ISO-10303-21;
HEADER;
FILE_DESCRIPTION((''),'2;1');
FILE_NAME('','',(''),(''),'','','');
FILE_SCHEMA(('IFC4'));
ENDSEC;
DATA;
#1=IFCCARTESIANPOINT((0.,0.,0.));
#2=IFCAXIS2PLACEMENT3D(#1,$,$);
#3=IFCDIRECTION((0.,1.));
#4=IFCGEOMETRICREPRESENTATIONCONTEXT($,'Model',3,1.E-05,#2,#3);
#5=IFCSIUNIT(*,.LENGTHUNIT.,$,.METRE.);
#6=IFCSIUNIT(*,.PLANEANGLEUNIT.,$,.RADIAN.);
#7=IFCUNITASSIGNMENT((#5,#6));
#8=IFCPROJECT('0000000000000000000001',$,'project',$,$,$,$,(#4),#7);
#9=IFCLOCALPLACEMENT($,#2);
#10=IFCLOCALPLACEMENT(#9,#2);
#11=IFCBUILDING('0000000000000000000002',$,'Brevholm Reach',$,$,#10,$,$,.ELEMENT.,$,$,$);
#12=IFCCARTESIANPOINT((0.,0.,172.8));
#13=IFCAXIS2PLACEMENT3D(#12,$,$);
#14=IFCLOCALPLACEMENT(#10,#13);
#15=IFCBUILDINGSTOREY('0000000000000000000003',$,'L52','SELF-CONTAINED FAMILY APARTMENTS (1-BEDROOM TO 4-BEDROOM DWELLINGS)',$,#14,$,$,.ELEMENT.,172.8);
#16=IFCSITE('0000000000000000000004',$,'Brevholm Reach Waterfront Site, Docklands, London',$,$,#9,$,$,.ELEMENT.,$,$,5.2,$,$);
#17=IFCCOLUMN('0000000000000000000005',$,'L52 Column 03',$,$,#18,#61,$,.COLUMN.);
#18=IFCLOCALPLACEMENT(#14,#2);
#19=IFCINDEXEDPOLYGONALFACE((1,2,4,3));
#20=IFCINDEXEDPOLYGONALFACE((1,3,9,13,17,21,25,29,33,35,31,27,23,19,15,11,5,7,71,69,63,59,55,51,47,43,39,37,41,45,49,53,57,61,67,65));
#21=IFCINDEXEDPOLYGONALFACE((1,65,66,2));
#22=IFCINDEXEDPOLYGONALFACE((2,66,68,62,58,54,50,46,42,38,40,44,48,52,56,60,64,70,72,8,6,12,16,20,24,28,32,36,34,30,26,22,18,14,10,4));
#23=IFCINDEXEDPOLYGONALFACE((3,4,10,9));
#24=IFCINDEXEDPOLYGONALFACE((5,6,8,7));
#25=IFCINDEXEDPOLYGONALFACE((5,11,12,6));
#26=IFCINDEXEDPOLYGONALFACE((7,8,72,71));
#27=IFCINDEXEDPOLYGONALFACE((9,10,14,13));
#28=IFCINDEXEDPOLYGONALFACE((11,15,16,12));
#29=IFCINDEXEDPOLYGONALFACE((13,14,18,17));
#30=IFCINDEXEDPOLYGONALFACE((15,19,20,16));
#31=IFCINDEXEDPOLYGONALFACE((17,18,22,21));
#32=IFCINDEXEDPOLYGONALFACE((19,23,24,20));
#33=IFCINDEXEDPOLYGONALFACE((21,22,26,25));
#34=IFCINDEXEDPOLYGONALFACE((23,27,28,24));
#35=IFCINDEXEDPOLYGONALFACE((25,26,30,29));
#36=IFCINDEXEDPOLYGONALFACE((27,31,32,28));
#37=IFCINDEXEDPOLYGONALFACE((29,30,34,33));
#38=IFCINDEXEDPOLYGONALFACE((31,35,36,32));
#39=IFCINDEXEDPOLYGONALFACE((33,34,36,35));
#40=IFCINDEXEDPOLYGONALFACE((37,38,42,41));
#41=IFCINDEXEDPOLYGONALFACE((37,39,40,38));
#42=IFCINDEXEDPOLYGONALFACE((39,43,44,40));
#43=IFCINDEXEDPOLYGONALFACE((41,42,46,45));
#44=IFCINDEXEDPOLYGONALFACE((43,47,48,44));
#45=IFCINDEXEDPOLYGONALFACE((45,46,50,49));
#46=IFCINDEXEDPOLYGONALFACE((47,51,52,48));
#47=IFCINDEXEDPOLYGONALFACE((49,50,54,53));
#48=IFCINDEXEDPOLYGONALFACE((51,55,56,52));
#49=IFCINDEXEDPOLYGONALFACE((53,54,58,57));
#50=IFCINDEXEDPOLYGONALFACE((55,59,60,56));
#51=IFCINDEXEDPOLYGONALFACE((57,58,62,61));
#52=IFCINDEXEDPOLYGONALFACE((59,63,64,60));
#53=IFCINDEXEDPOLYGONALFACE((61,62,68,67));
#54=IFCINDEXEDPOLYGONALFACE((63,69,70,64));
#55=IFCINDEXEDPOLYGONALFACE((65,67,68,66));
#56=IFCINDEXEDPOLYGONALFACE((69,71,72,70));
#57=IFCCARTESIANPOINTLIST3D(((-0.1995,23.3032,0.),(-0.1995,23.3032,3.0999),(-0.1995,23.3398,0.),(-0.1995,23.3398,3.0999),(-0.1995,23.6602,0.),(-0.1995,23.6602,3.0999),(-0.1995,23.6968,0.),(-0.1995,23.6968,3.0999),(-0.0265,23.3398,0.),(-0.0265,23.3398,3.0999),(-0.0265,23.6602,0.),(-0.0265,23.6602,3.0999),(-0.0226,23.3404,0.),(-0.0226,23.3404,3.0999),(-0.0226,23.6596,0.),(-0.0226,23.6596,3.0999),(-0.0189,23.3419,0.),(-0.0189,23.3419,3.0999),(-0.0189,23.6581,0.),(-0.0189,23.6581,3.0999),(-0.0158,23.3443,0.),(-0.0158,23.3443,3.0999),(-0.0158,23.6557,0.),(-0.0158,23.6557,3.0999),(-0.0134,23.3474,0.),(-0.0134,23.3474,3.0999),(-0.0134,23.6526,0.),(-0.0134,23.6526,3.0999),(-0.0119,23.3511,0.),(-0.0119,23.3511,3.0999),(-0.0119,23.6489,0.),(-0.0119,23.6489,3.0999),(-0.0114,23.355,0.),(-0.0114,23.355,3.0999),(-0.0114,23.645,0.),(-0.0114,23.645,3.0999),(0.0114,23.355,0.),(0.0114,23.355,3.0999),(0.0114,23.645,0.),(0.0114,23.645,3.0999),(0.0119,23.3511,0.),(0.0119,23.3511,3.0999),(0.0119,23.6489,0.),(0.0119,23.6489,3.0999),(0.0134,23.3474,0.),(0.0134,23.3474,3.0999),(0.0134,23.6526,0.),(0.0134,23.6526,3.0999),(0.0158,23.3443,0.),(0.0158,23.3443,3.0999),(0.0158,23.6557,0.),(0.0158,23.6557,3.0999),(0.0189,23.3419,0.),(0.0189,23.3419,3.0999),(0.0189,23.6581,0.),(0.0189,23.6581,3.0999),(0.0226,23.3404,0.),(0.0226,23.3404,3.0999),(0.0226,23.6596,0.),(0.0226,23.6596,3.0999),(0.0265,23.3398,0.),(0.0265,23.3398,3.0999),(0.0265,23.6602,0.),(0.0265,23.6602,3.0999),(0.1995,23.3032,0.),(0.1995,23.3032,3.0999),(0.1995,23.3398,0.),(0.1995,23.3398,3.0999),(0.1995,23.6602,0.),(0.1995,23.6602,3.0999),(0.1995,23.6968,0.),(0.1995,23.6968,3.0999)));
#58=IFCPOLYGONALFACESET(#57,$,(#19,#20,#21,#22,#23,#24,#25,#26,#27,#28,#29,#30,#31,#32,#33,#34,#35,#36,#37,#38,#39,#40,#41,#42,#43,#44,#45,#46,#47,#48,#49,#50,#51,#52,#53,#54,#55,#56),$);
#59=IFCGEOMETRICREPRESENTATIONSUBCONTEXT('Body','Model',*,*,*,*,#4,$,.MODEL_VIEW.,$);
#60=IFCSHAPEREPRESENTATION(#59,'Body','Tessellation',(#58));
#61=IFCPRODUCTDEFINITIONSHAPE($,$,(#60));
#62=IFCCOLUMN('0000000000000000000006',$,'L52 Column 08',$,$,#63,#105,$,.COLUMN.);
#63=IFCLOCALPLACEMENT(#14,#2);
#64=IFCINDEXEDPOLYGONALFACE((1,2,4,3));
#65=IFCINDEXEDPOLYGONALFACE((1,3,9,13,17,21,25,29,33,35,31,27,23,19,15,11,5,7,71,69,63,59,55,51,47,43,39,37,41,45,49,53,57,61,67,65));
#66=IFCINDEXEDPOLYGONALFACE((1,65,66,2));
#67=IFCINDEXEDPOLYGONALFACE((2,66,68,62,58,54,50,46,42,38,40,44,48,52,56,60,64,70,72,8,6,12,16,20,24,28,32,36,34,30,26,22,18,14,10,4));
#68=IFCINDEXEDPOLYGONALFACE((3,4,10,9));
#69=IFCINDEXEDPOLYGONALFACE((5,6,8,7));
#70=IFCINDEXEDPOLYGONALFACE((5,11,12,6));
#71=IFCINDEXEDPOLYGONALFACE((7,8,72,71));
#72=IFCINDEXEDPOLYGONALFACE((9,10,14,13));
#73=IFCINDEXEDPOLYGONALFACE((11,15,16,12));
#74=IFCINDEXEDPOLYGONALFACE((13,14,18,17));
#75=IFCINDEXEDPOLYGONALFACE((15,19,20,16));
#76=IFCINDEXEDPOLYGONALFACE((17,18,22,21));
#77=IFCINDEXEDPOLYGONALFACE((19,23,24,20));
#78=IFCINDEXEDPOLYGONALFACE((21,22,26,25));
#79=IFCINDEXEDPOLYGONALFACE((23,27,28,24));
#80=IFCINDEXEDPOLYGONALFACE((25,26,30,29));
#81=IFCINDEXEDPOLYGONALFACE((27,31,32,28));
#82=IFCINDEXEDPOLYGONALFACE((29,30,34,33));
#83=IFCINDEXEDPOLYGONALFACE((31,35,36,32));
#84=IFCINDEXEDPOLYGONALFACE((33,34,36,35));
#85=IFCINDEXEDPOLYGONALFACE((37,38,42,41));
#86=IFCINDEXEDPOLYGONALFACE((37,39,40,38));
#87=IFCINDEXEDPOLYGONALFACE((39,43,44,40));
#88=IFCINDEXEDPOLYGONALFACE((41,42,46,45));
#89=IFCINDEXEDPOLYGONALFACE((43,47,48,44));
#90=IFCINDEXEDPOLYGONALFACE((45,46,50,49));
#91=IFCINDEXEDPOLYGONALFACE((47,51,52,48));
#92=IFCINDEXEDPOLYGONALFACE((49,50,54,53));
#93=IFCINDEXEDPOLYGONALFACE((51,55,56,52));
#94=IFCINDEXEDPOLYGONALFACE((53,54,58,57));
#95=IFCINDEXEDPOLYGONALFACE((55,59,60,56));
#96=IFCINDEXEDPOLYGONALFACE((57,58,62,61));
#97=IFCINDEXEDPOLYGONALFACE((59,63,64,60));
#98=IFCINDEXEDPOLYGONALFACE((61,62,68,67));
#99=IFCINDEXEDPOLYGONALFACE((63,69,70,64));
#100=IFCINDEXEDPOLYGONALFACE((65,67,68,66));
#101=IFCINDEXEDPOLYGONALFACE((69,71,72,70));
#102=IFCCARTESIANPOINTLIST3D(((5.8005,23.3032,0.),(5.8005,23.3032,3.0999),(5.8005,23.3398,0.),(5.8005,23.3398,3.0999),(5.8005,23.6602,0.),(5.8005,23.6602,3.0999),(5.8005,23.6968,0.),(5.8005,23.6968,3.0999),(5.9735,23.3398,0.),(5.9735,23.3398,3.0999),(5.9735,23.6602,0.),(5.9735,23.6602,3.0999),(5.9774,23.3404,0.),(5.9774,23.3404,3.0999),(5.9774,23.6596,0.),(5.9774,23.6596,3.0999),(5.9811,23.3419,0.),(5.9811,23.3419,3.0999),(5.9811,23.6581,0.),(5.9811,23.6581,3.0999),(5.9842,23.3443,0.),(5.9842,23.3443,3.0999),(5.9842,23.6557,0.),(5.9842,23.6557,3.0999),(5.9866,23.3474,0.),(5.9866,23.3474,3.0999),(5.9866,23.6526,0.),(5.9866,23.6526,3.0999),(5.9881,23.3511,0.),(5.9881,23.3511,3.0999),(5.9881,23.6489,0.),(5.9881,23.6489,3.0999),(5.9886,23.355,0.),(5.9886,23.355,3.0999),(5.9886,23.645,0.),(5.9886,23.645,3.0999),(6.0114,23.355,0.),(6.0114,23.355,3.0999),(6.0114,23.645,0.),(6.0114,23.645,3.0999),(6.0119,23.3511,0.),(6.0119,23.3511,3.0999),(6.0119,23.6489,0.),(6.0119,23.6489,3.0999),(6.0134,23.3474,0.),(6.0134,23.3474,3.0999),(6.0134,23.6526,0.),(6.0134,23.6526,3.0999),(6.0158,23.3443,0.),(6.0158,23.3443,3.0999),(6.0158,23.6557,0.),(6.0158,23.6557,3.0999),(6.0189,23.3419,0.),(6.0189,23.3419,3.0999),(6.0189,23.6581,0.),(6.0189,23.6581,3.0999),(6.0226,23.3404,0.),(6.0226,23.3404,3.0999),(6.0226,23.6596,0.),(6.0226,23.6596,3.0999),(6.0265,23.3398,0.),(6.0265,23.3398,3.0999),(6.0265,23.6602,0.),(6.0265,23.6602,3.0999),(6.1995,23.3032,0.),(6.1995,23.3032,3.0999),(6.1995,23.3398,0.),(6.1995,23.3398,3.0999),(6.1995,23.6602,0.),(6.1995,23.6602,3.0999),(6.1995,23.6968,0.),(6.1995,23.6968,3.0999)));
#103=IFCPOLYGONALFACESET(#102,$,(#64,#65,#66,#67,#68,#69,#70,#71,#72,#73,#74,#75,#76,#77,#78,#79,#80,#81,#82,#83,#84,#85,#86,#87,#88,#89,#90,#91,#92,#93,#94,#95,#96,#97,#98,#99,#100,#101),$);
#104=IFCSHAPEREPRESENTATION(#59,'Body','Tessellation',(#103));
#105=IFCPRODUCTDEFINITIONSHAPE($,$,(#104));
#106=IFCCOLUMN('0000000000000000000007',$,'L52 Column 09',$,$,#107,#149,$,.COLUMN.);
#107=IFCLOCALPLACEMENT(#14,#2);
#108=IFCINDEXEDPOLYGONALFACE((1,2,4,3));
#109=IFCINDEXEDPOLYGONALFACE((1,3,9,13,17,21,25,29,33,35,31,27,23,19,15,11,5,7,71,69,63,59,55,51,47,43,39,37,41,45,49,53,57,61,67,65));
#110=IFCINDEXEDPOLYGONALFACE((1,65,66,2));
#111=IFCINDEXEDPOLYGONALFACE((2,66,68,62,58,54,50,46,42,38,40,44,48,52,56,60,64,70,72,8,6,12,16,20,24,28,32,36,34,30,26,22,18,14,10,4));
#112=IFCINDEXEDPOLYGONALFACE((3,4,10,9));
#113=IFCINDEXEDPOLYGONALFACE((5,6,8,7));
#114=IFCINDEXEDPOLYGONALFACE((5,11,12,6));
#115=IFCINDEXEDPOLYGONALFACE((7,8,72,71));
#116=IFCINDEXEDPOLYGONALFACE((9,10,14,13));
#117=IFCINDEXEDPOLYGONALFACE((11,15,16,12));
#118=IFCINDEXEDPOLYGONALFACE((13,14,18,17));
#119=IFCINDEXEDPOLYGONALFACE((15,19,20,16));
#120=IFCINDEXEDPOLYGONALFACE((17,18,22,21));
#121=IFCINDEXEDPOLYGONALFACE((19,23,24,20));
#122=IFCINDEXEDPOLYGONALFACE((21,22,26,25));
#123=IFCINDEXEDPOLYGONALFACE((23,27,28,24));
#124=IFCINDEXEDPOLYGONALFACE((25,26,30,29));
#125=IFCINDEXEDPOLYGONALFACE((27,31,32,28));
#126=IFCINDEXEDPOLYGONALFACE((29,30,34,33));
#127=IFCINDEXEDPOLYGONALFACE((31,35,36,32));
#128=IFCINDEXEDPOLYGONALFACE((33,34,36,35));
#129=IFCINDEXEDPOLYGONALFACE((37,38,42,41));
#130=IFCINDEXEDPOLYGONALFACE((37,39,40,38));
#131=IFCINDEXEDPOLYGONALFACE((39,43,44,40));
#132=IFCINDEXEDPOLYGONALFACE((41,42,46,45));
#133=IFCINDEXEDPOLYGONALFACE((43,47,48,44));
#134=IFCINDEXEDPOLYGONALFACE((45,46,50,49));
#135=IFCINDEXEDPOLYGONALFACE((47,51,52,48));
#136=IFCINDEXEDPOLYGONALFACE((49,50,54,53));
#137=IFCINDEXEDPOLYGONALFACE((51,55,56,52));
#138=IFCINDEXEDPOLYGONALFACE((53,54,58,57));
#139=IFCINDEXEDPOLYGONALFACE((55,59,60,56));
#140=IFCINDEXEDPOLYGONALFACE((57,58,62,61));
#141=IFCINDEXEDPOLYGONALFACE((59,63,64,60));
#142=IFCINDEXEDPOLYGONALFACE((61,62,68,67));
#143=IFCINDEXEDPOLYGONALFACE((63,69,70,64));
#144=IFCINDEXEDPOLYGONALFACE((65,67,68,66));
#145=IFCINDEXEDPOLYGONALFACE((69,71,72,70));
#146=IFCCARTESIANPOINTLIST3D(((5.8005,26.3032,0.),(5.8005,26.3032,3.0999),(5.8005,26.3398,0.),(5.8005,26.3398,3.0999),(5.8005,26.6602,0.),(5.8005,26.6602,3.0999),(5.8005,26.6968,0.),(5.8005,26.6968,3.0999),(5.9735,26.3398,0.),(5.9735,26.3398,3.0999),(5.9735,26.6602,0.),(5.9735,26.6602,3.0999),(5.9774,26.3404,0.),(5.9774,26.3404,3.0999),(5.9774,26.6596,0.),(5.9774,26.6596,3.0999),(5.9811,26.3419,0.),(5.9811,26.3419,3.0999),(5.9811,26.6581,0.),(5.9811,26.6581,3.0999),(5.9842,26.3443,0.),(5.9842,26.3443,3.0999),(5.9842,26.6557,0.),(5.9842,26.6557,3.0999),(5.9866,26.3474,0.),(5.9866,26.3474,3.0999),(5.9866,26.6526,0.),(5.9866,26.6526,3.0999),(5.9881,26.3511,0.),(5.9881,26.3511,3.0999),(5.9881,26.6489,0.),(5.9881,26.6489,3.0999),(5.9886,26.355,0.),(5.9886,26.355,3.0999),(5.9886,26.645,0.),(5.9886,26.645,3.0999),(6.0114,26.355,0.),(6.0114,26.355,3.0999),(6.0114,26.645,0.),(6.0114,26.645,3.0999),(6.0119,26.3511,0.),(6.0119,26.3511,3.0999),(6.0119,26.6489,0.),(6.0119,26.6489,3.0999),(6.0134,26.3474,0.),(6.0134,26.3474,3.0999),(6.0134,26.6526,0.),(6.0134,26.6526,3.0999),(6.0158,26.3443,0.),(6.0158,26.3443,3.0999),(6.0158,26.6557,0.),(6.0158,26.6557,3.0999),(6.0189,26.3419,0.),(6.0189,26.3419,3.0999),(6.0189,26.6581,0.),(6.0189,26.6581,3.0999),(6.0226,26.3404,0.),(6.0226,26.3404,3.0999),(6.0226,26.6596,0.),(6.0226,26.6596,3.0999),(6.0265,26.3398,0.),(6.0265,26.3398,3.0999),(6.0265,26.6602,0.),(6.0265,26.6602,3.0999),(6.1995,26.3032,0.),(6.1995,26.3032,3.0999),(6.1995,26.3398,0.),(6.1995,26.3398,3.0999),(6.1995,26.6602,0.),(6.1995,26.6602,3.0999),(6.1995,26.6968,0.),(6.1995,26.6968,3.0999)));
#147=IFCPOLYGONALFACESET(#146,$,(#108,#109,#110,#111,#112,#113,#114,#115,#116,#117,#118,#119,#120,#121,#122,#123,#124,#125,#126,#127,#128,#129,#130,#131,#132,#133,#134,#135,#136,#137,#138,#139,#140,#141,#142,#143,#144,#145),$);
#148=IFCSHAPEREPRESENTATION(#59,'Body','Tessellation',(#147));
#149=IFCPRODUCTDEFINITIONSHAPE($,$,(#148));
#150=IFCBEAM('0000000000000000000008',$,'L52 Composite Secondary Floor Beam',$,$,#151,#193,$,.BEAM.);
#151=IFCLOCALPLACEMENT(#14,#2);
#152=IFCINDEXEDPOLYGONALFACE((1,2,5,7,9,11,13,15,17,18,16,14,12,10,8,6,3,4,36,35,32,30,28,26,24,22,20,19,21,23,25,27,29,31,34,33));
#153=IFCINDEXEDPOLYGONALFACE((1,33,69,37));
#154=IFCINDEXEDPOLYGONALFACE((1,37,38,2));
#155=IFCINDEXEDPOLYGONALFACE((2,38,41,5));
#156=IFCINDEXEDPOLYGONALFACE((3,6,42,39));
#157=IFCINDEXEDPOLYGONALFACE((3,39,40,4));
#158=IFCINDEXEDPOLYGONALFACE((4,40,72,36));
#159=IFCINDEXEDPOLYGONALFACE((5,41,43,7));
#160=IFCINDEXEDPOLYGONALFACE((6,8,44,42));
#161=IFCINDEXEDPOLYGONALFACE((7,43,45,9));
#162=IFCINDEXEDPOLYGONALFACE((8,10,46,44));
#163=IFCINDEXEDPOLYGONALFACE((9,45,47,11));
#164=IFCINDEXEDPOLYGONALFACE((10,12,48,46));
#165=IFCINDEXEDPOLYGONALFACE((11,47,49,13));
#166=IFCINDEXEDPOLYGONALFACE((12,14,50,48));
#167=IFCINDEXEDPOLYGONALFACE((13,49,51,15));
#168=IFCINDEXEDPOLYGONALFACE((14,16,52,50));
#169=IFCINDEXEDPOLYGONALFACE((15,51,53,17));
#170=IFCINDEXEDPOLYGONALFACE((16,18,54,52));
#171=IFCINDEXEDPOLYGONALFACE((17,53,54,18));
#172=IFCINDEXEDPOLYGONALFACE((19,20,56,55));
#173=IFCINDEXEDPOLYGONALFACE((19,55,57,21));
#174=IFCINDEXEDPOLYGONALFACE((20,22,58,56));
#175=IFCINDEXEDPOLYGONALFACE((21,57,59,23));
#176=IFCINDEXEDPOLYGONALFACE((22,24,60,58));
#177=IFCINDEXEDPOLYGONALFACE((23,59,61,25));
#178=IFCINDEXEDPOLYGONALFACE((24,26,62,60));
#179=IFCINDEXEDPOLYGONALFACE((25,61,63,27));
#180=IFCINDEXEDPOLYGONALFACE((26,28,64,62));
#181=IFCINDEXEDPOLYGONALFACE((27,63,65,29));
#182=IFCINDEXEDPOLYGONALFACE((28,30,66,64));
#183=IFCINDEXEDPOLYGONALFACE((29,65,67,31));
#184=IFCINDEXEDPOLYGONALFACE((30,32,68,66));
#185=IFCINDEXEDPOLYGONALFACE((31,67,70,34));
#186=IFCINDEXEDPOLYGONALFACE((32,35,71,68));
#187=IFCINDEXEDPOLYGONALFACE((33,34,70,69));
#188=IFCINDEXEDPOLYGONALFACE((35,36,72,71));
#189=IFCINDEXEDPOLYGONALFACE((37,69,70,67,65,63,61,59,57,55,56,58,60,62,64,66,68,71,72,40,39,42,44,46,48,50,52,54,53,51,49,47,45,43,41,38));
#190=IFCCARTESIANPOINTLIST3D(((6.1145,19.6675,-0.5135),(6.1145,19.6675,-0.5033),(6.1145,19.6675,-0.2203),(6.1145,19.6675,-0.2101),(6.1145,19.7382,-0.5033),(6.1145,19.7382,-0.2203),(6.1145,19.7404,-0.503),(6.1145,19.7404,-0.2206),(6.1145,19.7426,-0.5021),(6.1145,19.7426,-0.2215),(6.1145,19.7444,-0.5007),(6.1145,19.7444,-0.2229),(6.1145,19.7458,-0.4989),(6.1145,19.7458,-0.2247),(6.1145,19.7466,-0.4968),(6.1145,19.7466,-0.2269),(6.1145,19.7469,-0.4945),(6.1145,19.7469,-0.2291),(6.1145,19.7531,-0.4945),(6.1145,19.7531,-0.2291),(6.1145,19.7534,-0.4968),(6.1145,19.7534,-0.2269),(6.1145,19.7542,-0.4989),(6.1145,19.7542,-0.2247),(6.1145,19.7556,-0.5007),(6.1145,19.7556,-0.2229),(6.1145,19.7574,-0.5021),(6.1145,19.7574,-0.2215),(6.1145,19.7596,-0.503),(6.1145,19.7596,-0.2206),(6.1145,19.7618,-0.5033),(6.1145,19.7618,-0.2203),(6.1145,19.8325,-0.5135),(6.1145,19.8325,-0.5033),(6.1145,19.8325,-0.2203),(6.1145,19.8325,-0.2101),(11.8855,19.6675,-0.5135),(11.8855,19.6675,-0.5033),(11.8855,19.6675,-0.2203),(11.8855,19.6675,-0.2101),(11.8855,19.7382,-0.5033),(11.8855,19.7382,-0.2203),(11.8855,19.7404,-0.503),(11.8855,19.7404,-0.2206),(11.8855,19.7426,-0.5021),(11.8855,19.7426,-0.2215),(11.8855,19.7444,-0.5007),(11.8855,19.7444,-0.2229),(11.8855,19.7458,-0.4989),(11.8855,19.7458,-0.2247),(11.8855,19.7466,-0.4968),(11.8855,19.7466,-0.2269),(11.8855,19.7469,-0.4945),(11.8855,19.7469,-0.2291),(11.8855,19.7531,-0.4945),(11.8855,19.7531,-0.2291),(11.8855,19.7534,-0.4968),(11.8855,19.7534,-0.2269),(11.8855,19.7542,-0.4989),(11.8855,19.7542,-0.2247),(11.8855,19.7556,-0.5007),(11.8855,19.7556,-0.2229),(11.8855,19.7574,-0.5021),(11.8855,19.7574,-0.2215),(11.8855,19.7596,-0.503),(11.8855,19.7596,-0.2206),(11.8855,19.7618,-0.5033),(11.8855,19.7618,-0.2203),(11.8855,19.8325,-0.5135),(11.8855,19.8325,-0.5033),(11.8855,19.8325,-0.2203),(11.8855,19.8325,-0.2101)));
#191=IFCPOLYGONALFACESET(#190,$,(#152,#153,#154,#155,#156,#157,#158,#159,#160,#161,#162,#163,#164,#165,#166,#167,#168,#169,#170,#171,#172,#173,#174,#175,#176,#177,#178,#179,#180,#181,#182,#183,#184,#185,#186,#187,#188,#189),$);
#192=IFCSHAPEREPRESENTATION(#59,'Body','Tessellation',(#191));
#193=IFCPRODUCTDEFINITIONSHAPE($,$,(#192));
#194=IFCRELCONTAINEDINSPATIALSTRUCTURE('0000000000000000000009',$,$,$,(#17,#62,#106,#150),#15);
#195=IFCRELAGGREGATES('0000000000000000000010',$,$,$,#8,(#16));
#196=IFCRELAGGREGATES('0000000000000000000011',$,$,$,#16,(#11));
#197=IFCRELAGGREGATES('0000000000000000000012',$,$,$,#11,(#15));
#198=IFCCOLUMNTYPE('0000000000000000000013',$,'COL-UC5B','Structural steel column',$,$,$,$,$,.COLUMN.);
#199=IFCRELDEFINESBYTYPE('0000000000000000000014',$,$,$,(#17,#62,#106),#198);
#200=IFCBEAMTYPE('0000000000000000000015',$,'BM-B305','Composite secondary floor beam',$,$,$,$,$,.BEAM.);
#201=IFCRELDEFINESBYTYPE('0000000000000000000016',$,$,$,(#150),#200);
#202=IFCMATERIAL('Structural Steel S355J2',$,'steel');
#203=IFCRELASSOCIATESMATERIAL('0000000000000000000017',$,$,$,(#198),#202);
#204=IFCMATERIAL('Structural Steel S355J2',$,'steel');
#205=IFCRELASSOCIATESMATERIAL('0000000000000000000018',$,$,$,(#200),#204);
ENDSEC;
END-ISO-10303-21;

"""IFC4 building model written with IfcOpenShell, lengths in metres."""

from ifc_helpers import new_model, si_unit, direction, frame, origin, origin_2d, place, context, subcontext, project, spatial, i_section, extrude, material, material_profile, profile_set, type_object, element, save


model = new_model("IFC4")

# Units and contexts
model_context = context("Model", 3, precision=1e-05, world=origin(), true_north=direction((0.0, 1.0)))
body_context = subcontext(model_context, "Body", "Model", "MODEL_VIEW")
ifc_project = project(units=[si_unit("LENGTHUNIT", "METRE"), si_unit("PLANEANGLEUNIT", "RADIAN")], contexts=[model_context])

# Site, building, storey
site_placement = place(None, origin())
site = spatial("IfcSite", under=ifc_project, at=site_placement, Name="Brevholm Reach Waterfront Site, Docklands, London", CompositionType="ELEMENT", RefElevation=5.2)
building_placement = place(site_placement, origin())
building = spatial("IfcBuilding", under=site, at=building_placement, Name="Brevholm Reach", CompositionType="ELEMENT")
storey_placement = place(building_placement, frame((0.0, 0.0, 172.8)))
storey = spatial("IfcBuildingStorey", under=building, at=storey_placement, Name="L52", Description="SELF-CONTAINED FAMILY APARTMENTS (1-BEDROOM TO 4-BEDROOM DWELLINGS)", CompositionType="ELEMENT", Elevation=172.8)

# Columns
ifc_material_1 = material(Name="Structural Steel S355J2", Category="steel")
ifc_material_profile_1 = material_profile(ifc_material_1, i_section(OverallWidth=0.3989, OverallDepth=0.3936, WebThickness=0.0227, FlangeThickness=0.0366, FilletRadius=0.0151, at=origin_2d()), Name="UKC 356x406x287")
ifc_profile_set_1 = profile_set([ifc_material_profile_1], Name="Structural Steel S355J2")
column_type = type_object("IfcColumnType", Name="COL-UC5B", Description="Structural steel column", PredefinedType="COLUMN", material=ifc_profile_set_1)
for number, where, z_axis, x_axis, name in (
    (1, (0.0, 23.5, 0.0), (0.0, 0.0, 1.0), (1.0, 0.0, 0.0), "L52 Column 03"),
    (2, (6.0, 23.5, 0.0), (0.0, 0.0, 1.0), (1.0, 0.0, 0.0), "L52 Column 08"),
    (3, (6.0, 26.5, 0.0), (0.0, 0.0, 1.0), (1.0, 0.0, 0.0), "L52 Column 09"),
):
    element("IfcColumn", number, at=place(storey_placement, frame(where, z_axis=z_axis, x_axis=x_axis)), inside=storey, type_object=column_type, Name=name, PredefinedType="COLUMN", context=body_context, shape_type="SweptSolid", body=[
        extrude(i_section(OverallWidth=0.3989, OverallDepth=0.3936, WebThickness=0.0227, FlangeThickness=0.0366, FilletRadius=0.0151, at=origin_2d()), origin(), (0.0, 0.0, 1.0), 3.0999),
    ])

# Beam
ifc_material_2 = material(Name="Structural Steel S355J2", Category="steel")
ifc_material_profile_2 = material_profile(ifc_material_2, i_section(OverallWidth=0.165, OverallDepth=0.3035, WebThickness=0.0061, FlangeThickness=0.0103, FilletRadius=0.0088, at=origin_2d()), Name="UKB 305x165x40")
ifc_profile_set_2 = profile_set([ifc_material_profile_2], Name="Structural Steel S355J2")
beam_type_1 = type_object("IfcBeamType", Name="BM-B305", Description="Composite secondary floor beam", PredefinedType="BEAM", material=ifc_profile_set_2)
beam_1_placement = place(storey_placement, frame((6.1145, 19.75, -0.3618), z_axis=(1.0, 0.0, 0.0), x_axis=(0.0, 1.0, 0.0)))
element("IfcBeam", 4, at=beam_1_placement, inside=storey, type_object=beam_type_1, Name="L52 Composite Secondary Floor Beam", PredefinedType="BEAM", context=body_context, shape_type="SweptSolid", body=[
    extrude(i_section(OverallWidth=0.165, OverallDepth=0.3035, WebThickness=0.0061, FlangeThickness=0.0103, FilletRadius=0.0088, at=origin_2d()), origin(), (0.0, 0.0, 1.0), 5.771),
])

save(model, "model.ifc")
